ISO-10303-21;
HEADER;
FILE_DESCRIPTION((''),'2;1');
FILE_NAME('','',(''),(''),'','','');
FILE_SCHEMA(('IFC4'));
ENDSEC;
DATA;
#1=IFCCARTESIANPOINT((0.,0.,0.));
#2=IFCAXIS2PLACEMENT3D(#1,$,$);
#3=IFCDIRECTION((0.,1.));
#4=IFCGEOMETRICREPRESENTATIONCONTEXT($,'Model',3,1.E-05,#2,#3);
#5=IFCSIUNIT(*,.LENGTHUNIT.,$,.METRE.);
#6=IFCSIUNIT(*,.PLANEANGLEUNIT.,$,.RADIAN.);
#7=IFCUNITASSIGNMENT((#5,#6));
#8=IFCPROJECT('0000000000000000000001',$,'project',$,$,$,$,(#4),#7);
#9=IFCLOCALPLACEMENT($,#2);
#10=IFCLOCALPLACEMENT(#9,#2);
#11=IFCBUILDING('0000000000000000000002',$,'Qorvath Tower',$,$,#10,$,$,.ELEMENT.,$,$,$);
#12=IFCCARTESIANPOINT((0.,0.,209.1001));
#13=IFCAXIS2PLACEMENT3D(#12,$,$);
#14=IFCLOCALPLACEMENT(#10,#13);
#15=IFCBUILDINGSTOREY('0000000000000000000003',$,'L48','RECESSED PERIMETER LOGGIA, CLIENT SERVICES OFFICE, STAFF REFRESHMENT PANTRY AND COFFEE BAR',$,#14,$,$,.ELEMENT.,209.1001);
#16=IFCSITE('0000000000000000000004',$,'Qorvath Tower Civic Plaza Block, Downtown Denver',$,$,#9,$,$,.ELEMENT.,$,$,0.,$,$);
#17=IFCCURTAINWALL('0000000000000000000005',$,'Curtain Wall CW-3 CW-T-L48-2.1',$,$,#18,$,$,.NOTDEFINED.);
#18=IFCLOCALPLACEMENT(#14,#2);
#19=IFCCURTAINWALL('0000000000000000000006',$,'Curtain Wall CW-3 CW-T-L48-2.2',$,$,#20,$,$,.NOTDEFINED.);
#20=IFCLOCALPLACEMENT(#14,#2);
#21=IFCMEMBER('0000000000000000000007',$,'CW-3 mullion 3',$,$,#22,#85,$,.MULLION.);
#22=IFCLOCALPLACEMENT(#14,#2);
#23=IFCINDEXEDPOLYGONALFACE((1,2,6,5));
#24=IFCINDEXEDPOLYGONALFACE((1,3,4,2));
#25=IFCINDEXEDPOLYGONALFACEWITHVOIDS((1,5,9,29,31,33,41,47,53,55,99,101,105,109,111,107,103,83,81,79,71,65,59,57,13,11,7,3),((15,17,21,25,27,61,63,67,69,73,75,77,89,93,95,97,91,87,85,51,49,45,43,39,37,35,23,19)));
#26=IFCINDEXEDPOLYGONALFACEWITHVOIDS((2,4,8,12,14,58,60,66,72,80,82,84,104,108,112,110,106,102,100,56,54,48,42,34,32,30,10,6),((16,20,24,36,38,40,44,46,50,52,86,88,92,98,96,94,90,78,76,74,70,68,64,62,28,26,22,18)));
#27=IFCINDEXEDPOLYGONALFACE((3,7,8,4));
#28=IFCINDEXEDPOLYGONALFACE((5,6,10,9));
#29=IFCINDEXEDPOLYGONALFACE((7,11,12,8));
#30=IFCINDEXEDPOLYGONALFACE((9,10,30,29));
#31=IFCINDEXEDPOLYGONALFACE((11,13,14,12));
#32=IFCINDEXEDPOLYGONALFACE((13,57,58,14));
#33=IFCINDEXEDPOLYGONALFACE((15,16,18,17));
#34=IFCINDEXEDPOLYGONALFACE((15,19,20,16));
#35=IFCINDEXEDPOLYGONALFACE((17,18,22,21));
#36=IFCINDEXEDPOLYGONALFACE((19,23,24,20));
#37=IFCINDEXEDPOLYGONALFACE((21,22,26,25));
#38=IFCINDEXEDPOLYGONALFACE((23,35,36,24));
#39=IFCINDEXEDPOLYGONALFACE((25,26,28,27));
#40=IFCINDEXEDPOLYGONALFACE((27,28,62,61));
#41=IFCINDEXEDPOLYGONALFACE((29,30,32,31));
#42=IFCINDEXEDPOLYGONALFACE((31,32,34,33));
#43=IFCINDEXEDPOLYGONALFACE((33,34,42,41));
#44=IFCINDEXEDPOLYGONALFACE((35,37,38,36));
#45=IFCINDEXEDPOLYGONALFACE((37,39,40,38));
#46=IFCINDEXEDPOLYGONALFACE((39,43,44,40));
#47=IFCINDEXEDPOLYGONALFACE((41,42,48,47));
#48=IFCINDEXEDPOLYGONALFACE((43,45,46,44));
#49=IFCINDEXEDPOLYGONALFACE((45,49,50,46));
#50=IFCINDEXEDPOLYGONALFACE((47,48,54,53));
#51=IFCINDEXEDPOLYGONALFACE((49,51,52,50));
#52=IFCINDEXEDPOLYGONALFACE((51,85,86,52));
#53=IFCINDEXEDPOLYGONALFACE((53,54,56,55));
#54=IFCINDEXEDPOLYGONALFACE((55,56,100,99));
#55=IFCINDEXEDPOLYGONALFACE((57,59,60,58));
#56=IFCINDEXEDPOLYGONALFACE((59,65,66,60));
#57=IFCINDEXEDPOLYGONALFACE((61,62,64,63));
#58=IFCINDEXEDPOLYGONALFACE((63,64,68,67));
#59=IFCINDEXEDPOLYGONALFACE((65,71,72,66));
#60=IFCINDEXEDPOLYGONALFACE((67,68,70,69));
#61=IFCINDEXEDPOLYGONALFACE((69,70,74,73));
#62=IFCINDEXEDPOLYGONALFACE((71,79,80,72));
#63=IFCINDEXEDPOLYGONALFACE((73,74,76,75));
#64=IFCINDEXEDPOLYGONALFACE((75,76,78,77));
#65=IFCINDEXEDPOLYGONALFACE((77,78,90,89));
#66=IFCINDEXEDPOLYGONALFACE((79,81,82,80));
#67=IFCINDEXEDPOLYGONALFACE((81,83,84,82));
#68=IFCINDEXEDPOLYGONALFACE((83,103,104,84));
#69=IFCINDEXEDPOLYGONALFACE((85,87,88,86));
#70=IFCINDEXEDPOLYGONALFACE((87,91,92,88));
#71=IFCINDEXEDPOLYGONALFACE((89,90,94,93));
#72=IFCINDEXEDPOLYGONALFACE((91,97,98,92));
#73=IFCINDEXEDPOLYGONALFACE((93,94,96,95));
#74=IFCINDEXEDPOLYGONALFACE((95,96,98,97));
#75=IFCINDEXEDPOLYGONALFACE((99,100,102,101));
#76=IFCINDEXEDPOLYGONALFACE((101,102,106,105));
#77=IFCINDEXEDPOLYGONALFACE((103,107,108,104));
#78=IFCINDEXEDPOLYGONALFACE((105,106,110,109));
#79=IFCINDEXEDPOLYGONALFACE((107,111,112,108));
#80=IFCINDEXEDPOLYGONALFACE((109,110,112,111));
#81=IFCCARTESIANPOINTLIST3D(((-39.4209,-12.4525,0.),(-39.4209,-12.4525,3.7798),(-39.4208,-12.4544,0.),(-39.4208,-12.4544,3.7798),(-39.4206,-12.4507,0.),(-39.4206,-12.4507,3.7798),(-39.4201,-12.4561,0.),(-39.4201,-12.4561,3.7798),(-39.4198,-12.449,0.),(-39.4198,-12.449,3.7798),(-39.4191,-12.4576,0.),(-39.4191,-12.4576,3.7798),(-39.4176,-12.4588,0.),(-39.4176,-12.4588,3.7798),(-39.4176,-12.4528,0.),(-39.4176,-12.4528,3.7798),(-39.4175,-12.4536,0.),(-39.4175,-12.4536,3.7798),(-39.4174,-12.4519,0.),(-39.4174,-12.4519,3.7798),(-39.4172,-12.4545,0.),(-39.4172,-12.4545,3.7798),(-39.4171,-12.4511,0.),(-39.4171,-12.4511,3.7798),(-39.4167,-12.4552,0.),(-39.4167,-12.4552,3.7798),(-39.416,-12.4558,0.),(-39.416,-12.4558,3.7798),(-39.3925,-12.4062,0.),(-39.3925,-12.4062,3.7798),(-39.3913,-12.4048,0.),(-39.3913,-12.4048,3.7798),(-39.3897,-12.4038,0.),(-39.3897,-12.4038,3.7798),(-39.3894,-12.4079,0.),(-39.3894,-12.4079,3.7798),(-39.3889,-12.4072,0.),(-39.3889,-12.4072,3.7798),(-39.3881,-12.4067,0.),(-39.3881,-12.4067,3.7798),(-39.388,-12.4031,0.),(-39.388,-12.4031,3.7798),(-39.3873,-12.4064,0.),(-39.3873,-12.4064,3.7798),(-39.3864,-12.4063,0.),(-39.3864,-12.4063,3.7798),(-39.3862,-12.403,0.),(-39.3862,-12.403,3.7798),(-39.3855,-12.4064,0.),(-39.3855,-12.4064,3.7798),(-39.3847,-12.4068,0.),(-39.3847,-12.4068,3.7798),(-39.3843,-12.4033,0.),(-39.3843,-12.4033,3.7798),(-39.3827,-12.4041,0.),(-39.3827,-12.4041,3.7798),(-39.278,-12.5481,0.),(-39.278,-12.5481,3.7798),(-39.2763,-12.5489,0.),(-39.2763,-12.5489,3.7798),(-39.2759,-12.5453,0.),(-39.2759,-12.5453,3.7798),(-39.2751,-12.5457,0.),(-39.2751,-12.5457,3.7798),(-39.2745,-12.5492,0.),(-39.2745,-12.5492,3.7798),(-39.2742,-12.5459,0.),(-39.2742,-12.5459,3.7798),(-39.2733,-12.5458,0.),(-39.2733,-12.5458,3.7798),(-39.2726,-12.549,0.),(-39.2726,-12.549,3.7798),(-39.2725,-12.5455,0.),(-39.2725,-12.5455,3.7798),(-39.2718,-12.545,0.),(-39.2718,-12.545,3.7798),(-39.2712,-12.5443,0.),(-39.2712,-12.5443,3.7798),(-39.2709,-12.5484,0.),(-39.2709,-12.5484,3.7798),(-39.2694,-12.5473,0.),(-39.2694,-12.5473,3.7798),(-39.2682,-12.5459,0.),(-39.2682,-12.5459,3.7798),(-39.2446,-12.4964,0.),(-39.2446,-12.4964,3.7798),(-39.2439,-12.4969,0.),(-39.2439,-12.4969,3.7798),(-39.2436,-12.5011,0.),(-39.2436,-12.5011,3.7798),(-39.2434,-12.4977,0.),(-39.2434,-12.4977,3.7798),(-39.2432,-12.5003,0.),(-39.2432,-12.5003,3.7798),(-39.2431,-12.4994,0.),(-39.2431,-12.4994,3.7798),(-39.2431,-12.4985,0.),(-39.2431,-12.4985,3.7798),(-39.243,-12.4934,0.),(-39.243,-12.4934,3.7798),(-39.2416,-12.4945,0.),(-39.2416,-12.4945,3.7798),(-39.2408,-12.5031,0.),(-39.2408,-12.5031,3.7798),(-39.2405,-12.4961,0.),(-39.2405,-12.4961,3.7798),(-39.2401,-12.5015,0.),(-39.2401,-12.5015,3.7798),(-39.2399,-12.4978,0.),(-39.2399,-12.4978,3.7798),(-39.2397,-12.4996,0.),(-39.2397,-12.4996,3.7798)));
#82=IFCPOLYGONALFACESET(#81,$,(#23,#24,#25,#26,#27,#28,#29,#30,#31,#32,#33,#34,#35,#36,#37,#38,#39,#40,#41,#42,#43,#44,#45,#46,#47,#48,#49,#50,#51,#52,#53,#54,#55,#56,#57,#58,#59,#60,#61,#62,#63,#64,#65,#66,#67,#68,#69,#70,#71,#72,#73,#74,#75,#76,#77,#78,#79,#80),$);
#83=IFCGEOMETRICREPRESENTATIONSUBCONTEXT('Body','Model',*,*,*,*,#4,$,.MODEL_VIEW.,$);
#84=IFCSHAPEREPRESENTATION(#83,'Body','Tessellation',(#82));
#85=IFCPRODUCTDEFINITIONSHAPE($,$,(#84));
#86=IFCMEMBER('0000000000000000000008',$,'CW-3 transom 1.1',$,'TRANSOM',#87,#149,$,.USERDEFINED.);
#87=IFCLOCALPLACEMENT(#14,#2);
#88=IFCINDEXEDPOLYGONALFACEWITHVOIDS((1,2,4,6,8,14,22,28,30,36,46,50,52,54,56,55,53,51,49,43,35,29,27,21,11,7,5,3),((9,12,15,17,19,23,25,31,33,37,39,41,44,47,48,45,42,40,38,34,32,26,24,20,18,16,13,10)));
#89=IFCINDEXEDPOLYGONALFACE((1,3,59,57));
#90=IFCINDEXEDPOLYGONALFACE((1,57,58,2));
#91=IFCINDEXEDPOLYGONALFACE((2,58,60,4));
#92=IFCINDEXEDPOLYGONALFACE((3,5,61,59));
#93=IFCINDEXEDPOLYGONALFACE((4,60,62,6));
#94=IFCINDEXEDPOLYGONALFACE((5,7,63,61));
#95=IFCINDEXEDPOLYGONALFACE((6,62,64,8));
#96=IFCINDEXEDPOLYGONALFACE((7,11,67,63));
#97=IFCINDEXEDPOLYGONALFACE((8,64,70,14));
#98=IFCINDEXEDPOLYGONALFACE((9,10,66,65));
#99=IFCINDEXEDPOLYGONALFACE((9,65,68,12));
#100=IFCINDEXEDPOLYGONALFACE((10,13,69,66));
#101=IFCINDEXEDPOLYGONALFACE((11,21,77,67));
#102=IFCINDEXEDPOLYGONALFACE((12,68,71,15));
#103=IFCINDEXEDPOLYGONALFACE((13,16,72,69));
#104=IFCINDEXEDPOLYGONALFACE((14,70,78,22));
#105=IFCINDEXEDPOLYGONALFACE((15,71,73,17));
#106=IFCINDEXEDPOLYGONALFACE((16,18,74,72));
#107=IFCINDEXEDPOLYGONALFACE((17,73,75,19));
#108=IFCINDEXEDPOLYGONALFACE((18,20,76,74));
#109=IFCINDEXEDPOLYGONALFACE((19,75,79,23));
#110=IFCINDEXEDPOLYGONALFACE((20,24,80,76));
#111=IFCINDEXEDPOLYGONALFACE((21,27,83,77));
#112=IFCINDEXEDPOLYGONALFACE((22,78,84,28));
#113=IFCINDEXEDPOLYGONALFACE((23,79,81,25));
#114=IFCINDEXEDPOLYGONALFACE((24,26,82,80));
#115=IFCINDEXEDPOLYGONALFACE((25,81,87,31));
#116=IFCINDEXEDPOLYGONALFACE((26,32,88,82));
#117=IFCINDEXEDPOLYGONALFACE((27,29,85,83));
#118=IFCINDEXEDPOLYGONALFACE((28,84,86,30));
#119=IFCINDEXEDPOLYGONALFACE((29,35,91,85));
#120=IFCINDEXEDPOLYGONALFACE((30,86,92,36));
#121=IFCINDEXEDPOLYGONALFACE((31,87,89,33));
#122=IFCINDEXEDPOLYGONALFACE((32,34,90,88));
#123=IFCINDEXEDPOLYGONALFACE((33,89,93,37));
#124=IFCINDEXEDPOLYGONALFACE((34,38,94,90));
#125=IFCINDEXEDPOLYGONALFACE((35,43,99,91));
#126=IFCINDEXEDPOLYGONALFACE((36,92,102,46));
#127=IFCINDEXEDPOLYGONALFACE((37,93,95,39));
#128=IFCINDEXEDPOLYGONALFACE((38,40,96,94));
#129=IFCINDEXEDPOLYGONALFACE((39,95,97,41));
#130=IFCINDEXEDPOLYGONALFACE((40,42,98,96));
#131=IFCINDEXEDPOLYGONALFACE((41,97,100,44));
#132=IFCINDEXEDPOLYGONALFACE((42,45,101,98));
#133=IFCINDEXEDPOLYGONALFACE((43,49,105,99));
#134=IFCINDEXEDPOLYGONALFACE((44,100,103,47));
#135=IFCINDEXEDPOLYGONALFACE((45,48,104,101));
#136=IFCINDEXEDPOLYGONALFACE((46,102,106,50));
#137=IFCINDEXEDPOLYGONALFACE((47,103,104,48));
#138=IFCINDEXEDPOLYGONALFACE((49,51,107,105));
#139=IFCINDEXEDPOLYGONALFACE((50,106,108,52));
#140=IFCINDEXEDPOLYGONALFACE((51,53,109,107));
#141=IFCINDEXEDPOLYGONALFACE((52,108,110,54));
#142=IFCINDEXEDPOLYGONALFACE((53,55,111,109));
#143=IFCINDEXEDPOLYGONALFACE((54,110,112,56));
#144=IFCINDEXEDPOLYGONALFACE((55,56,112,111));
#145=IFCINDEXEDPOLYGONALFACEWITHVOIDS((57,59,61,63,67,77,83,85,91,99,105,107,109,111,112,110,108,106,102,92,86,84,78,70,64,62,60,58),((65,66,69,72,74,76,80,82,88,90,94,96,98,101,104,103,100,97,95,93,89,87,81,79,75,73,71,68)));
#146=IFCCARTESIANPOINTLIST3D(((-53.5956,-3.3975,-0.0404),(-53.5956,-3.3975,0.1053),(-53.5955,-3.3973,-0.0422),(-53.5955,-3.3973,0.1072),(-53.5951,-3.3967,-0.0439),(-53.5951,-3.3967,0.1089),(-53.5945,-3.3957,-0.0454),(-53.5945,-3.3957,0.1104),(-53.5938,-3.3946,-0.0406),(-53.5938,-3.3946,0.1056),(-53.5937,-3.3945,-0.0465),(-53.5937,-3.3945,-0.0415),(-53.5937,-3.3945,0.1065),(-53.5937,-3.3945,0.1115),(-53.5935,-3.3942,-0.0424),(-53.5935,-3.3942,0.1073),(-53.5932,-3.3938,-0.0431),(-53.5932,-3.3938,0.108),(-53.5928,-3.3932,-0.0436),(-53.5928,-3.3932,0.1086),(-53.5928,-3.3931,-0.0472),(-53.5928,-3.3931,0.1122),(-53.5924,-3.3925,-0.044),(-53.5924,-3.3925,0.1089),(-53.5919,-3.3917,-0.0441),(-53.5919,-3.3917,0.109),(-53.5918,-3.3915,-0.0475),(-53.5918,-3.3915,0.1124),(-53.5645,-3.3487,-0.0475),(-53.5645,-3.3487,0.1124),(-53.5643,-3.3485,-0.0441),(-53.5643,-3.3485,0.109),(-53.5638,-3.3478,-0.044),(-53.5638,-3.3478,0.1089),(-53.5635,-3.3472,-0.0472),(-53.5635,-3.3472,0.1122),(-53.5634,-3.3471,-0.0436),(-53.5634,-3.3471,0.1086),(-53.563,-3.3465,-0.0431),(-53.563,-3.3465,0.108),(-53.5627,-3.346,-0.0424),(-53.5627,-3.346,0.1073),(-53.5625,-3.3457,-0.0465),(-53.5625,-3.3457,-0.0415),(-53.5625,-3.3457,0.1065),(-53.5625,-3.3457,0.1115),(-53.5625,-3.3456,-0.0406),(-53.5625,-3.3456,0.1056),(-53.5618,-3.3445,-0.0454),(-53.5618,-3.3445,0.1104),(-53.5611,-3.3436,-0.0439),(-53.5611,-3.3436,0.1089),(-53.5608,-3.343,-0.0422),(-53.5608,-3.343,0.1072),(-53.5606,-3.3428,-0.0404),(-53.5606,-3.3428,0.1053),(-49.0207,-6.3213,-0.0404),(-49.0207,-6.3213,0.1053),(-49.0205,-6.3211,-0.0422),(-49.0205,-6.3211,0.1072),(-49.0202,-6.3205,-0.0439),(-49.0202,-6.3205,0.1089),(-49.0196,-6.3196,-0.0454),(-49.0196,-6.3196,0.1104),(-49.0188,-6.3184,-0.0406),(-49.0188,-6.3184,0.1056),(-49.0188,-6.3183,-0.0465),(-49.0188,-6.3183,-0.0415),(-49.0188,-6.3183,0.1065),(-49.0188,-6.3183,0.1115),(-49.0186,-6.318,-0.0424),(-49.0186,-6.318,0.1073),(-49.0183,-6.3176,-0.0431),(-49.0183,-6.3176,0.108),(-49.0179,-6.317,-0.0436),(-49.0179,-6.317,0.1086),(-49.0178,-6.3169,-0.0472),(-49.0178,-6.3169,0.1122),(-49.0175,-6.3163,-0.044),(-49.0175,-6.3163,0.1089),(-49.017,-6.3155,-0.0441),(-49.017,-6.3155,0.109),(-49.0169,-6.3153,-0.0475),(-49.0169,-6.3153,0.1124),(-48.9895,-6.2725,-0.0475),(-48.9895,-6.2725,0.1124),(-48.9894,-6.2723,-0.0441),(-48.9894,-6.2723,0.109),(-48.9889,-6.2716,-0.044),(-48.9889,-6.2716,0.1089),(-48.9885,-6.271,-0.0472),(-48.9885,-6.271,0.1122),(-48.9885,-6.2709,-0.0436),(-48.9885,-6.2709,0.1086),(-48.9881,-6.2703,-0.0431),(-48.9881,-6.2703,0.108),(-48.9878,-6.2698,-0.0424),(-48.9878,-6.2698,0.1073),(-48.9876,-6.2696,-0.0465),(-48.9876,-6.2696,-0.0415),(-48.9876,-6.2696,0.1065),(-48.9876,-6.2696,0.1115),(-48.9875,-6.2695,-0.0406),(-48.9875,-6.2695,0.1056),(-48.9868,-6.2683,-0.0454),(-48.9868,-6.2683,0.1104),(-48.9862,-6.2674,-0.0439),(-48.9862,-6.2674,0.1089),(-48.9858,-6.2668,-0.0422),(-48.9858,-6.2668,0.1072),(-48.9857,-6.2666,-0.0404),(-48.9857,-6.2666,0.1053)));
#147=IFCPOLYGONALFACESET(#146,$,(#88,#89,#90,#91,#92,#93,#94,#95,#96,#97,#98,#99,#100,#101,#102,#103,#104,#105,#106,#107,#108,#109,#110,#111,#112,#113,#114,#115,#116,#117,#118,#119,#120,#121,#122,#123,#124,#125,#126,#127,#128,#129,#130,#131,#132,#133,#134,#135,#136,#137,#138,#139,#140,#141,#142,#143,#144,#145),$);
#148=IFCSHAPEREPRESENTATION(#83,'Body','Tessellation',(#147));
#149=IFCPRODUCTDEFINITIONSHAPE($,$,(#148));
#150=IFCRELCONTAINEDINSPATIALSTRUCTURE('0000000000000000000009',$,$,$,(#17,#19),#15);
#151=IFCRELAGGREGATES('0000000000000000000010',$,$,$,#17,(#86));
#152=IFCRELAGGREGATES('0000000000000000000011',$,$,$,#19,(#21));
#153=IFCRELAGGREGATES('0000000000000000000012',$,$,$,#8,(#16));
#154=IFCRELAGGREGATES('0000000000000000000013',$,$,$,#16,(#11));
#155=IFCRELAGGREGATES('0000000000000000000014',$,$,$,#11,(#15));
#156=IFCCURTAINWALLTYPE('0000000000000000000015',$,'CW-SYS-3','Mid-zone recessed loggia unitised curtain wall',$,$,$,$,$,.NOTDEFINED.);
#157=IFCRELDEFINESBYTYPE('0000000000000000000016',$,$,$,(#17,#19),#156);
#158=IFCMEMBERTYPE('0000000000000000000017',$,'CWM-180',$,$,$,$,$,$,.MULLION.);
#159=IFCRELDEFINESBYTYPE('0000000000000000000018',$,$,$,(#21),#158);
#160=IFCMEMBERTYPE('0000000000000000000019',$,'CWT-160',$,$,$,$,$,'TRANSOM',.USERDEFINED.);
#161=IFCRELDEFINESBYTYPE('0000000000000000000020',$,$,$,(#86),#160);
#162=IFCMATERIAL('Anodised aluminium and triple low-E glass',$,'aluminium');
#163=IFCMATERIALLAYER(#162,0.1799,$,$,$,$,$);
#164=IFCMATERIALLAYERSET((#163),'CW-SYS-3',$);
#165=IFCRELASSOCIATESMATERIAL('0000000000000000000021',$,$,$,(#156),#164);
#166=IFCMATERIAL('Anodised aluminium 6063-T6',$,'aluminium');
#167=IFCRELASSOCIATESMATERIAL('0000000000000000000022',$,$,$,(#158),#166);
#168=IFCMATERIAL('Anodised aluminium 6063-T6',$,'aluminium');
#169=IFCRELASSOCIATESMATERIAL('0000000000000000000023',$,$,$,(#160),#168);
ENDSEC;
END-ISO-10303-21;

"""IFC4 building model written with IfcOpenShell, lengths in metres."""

from ifc_helpers import new_model, si_unit, direction, frame, origin, origin_2d, place, context, subcontext, project, spatial, hollow_rectangle, extrude, material, layer, layer_set, material_profile, profile_set, type_object, element, aggregate, save


model = new_model("IFC4")

# Units and contexts
model_context = context("Model", 3, precision=1e-05, world=origin(), true_north=direction((0.0, 1.0)))
body_context = subcontext(model_context, "Body", "Model", "MODEL_VIEW")
ifc_project = project(units=[si_unit("LENGTHUNIT", "METRE"), si_unit("PLANEANGLEUNIT", "RADIAN")], contexts=[model_context])

# Site, building, storey
site_placement = place(None, origin())
site = spatial("IfcSite", under=ifc_project, at=site_placement, Name="Qorvath Tower Civic Plaza Block, Downtown Denver", CompositionType="ELEMENT", RefElevation=0.0)
building_placement = place(site_placement, origin())
building = spatial("IfcBuilding", under=site, at=building_placement, Name="Qorvath Tower", CompositionType="ELEMENT")
storey_placement = place(building_placement, frame((0.0, 0.0, 209.1001)))
storey = spatial("IfcBuildingStorey", under=building, at=storey_placement, Name="L48", Description="RECESSED PERIMETER LOGGIA, CLIENT SERVICES OFFICE, STAFF REFRESHMENT PANTRY AND COFFEE BAR", CompositionType="ELEMENT", Elevation=209.1001)

# Curtain walls, member
ifc_material_1 = material(Name="Anodised aluminium and triple low-E glass", Category="aluminium")
ifc_layer_1 = layer(ifc_material_1, 0.1799)
ifc_layer_set_1 = layer_set([ifc_layer_1], Name="CW-SYS-3")
curtain_wall_type = type_object("IfcCurtainWallType", Name="CW-SYS-3", Description="Mid-zone recessed loggia unitised curtain wall", PredefinedType="NOTDEFINED", material=ifc_layer_set_1)
curtain_wall_1_placement = place(storey_placement, origin())
curtain_wall_1 = element("IfcCurtainWall", 1, at=curtain_wall_1_placement, inside=storey, type_object=curtain_wall_type, Name="Curtain Wall CW-3 CW-T-L48-2.1", PredefinedType="NOTDEFINED")
ifc_material_2 = material(Name="Anodised aluminium 6063-T6", Category="aluminium")
ifc_material_profile_1 = material_profile(ifc_material_2, hollow_rectangle(XDim=0.0649, YDim=0.1799, WallThickness=0.0034, InnerFilletRadius=0.0034, OuterFilletRadius=0.0071, at=origin_2d()), Name="CWM 180x65")
ifc_profile_set_1 = profile_set([ifc_material_profile_1], Name="Anodised aluminium 6063-T6")
member_type_1 = type_object("IfcMemberType", Name="CWM-180", PredefinedType="MULLION", material=ifc_profile_set_1)
curtain_wall_2_placement = place(storey_placement, origin())
curtain_wall_2 = element("IfcCurtainWall", 2, at=curtain_wall_2_placement, inside=storey, type_object=curtain_wall_type, Name="Curtain Wall CW-3 CW-T-L48-2.2", PredefinedType="NOTDEFINED")
member_1_placement = place(storey_placement, frame((-39.3303, -12.4761, 0.0), z_axis=(0.0, 0.0, 1.0), x_axis=(0.538533, 0.842605, 0.0)))
member_1 = element("IfcMember", 3, at=member_1_placement, type_object=member_type_1, Name="CW-3 mullion 3", PredefinedType="MULLION", context=body_context, shape_type="SweptSolid", body=[
    extrude(hollow_rectangle(XDim=0.0649, YDim=0.1799, WallThickness=0.0034, InnerFilletRadius=0.0034, OuterFilletRadius=0.0071, at=origin_2d()), origin(), (0.0, 0.0, 1.0), 3.7798),
])

# Member
ifc_material_3 = material(Name="Anodised aluminium 6063-T6", Category="aluminium")
ifc_material_profile_2 = material_profile(ifc_material_3, hollow_rectangle(XDim=0.0649, YDim=0.1599, WallThickness=0.0034, InnerFilletRadius=0.0034, OuterFilletRadius=0.0071, at=origin_2d()), Name="CWT 160x65")
ifc_profile_set_2 = profile_set([ifc_material_profile_2], Name="Anodised aluminium 6063-T6")
member_type_2 = type_object("IfcMemberType", Name="CWT-160", ElementType="TRANSOM", PredefinedType="USERDEFINED", material=ifc_profile_set_2)
member_2_placement = place(storey_placement, frame((-53.5781, -3.3701, 0.0325), z_axis=(0.842617, -0.538513, 0.0), x_axis=(0.538513, 0.842617, 0.0)))
member_2 = element("IfcMember", 4, at=member_2_placement, type_object=member_type_2, Name="CW-3 transom 1.1", ObjectType="TRANSOM", PredefinedType="USERDEFINED", context=body_context, shape_type="SweptSolid", body=[
    extrude(hollow_rectangle(XDim=0.0649, YDim=0.1599, WallThickness=0.0034, InnerFilletRadius=0.0034, OuterFilletRadius=0.0071, at=origin_2d()), origin(), (0.0, 0.0, 1.0), 5.4294),
])

aggregate(curtain_wall_1, [member_2])
aggregate(curtain_wall_2, [member_1])

save(model, "model.ifc")
